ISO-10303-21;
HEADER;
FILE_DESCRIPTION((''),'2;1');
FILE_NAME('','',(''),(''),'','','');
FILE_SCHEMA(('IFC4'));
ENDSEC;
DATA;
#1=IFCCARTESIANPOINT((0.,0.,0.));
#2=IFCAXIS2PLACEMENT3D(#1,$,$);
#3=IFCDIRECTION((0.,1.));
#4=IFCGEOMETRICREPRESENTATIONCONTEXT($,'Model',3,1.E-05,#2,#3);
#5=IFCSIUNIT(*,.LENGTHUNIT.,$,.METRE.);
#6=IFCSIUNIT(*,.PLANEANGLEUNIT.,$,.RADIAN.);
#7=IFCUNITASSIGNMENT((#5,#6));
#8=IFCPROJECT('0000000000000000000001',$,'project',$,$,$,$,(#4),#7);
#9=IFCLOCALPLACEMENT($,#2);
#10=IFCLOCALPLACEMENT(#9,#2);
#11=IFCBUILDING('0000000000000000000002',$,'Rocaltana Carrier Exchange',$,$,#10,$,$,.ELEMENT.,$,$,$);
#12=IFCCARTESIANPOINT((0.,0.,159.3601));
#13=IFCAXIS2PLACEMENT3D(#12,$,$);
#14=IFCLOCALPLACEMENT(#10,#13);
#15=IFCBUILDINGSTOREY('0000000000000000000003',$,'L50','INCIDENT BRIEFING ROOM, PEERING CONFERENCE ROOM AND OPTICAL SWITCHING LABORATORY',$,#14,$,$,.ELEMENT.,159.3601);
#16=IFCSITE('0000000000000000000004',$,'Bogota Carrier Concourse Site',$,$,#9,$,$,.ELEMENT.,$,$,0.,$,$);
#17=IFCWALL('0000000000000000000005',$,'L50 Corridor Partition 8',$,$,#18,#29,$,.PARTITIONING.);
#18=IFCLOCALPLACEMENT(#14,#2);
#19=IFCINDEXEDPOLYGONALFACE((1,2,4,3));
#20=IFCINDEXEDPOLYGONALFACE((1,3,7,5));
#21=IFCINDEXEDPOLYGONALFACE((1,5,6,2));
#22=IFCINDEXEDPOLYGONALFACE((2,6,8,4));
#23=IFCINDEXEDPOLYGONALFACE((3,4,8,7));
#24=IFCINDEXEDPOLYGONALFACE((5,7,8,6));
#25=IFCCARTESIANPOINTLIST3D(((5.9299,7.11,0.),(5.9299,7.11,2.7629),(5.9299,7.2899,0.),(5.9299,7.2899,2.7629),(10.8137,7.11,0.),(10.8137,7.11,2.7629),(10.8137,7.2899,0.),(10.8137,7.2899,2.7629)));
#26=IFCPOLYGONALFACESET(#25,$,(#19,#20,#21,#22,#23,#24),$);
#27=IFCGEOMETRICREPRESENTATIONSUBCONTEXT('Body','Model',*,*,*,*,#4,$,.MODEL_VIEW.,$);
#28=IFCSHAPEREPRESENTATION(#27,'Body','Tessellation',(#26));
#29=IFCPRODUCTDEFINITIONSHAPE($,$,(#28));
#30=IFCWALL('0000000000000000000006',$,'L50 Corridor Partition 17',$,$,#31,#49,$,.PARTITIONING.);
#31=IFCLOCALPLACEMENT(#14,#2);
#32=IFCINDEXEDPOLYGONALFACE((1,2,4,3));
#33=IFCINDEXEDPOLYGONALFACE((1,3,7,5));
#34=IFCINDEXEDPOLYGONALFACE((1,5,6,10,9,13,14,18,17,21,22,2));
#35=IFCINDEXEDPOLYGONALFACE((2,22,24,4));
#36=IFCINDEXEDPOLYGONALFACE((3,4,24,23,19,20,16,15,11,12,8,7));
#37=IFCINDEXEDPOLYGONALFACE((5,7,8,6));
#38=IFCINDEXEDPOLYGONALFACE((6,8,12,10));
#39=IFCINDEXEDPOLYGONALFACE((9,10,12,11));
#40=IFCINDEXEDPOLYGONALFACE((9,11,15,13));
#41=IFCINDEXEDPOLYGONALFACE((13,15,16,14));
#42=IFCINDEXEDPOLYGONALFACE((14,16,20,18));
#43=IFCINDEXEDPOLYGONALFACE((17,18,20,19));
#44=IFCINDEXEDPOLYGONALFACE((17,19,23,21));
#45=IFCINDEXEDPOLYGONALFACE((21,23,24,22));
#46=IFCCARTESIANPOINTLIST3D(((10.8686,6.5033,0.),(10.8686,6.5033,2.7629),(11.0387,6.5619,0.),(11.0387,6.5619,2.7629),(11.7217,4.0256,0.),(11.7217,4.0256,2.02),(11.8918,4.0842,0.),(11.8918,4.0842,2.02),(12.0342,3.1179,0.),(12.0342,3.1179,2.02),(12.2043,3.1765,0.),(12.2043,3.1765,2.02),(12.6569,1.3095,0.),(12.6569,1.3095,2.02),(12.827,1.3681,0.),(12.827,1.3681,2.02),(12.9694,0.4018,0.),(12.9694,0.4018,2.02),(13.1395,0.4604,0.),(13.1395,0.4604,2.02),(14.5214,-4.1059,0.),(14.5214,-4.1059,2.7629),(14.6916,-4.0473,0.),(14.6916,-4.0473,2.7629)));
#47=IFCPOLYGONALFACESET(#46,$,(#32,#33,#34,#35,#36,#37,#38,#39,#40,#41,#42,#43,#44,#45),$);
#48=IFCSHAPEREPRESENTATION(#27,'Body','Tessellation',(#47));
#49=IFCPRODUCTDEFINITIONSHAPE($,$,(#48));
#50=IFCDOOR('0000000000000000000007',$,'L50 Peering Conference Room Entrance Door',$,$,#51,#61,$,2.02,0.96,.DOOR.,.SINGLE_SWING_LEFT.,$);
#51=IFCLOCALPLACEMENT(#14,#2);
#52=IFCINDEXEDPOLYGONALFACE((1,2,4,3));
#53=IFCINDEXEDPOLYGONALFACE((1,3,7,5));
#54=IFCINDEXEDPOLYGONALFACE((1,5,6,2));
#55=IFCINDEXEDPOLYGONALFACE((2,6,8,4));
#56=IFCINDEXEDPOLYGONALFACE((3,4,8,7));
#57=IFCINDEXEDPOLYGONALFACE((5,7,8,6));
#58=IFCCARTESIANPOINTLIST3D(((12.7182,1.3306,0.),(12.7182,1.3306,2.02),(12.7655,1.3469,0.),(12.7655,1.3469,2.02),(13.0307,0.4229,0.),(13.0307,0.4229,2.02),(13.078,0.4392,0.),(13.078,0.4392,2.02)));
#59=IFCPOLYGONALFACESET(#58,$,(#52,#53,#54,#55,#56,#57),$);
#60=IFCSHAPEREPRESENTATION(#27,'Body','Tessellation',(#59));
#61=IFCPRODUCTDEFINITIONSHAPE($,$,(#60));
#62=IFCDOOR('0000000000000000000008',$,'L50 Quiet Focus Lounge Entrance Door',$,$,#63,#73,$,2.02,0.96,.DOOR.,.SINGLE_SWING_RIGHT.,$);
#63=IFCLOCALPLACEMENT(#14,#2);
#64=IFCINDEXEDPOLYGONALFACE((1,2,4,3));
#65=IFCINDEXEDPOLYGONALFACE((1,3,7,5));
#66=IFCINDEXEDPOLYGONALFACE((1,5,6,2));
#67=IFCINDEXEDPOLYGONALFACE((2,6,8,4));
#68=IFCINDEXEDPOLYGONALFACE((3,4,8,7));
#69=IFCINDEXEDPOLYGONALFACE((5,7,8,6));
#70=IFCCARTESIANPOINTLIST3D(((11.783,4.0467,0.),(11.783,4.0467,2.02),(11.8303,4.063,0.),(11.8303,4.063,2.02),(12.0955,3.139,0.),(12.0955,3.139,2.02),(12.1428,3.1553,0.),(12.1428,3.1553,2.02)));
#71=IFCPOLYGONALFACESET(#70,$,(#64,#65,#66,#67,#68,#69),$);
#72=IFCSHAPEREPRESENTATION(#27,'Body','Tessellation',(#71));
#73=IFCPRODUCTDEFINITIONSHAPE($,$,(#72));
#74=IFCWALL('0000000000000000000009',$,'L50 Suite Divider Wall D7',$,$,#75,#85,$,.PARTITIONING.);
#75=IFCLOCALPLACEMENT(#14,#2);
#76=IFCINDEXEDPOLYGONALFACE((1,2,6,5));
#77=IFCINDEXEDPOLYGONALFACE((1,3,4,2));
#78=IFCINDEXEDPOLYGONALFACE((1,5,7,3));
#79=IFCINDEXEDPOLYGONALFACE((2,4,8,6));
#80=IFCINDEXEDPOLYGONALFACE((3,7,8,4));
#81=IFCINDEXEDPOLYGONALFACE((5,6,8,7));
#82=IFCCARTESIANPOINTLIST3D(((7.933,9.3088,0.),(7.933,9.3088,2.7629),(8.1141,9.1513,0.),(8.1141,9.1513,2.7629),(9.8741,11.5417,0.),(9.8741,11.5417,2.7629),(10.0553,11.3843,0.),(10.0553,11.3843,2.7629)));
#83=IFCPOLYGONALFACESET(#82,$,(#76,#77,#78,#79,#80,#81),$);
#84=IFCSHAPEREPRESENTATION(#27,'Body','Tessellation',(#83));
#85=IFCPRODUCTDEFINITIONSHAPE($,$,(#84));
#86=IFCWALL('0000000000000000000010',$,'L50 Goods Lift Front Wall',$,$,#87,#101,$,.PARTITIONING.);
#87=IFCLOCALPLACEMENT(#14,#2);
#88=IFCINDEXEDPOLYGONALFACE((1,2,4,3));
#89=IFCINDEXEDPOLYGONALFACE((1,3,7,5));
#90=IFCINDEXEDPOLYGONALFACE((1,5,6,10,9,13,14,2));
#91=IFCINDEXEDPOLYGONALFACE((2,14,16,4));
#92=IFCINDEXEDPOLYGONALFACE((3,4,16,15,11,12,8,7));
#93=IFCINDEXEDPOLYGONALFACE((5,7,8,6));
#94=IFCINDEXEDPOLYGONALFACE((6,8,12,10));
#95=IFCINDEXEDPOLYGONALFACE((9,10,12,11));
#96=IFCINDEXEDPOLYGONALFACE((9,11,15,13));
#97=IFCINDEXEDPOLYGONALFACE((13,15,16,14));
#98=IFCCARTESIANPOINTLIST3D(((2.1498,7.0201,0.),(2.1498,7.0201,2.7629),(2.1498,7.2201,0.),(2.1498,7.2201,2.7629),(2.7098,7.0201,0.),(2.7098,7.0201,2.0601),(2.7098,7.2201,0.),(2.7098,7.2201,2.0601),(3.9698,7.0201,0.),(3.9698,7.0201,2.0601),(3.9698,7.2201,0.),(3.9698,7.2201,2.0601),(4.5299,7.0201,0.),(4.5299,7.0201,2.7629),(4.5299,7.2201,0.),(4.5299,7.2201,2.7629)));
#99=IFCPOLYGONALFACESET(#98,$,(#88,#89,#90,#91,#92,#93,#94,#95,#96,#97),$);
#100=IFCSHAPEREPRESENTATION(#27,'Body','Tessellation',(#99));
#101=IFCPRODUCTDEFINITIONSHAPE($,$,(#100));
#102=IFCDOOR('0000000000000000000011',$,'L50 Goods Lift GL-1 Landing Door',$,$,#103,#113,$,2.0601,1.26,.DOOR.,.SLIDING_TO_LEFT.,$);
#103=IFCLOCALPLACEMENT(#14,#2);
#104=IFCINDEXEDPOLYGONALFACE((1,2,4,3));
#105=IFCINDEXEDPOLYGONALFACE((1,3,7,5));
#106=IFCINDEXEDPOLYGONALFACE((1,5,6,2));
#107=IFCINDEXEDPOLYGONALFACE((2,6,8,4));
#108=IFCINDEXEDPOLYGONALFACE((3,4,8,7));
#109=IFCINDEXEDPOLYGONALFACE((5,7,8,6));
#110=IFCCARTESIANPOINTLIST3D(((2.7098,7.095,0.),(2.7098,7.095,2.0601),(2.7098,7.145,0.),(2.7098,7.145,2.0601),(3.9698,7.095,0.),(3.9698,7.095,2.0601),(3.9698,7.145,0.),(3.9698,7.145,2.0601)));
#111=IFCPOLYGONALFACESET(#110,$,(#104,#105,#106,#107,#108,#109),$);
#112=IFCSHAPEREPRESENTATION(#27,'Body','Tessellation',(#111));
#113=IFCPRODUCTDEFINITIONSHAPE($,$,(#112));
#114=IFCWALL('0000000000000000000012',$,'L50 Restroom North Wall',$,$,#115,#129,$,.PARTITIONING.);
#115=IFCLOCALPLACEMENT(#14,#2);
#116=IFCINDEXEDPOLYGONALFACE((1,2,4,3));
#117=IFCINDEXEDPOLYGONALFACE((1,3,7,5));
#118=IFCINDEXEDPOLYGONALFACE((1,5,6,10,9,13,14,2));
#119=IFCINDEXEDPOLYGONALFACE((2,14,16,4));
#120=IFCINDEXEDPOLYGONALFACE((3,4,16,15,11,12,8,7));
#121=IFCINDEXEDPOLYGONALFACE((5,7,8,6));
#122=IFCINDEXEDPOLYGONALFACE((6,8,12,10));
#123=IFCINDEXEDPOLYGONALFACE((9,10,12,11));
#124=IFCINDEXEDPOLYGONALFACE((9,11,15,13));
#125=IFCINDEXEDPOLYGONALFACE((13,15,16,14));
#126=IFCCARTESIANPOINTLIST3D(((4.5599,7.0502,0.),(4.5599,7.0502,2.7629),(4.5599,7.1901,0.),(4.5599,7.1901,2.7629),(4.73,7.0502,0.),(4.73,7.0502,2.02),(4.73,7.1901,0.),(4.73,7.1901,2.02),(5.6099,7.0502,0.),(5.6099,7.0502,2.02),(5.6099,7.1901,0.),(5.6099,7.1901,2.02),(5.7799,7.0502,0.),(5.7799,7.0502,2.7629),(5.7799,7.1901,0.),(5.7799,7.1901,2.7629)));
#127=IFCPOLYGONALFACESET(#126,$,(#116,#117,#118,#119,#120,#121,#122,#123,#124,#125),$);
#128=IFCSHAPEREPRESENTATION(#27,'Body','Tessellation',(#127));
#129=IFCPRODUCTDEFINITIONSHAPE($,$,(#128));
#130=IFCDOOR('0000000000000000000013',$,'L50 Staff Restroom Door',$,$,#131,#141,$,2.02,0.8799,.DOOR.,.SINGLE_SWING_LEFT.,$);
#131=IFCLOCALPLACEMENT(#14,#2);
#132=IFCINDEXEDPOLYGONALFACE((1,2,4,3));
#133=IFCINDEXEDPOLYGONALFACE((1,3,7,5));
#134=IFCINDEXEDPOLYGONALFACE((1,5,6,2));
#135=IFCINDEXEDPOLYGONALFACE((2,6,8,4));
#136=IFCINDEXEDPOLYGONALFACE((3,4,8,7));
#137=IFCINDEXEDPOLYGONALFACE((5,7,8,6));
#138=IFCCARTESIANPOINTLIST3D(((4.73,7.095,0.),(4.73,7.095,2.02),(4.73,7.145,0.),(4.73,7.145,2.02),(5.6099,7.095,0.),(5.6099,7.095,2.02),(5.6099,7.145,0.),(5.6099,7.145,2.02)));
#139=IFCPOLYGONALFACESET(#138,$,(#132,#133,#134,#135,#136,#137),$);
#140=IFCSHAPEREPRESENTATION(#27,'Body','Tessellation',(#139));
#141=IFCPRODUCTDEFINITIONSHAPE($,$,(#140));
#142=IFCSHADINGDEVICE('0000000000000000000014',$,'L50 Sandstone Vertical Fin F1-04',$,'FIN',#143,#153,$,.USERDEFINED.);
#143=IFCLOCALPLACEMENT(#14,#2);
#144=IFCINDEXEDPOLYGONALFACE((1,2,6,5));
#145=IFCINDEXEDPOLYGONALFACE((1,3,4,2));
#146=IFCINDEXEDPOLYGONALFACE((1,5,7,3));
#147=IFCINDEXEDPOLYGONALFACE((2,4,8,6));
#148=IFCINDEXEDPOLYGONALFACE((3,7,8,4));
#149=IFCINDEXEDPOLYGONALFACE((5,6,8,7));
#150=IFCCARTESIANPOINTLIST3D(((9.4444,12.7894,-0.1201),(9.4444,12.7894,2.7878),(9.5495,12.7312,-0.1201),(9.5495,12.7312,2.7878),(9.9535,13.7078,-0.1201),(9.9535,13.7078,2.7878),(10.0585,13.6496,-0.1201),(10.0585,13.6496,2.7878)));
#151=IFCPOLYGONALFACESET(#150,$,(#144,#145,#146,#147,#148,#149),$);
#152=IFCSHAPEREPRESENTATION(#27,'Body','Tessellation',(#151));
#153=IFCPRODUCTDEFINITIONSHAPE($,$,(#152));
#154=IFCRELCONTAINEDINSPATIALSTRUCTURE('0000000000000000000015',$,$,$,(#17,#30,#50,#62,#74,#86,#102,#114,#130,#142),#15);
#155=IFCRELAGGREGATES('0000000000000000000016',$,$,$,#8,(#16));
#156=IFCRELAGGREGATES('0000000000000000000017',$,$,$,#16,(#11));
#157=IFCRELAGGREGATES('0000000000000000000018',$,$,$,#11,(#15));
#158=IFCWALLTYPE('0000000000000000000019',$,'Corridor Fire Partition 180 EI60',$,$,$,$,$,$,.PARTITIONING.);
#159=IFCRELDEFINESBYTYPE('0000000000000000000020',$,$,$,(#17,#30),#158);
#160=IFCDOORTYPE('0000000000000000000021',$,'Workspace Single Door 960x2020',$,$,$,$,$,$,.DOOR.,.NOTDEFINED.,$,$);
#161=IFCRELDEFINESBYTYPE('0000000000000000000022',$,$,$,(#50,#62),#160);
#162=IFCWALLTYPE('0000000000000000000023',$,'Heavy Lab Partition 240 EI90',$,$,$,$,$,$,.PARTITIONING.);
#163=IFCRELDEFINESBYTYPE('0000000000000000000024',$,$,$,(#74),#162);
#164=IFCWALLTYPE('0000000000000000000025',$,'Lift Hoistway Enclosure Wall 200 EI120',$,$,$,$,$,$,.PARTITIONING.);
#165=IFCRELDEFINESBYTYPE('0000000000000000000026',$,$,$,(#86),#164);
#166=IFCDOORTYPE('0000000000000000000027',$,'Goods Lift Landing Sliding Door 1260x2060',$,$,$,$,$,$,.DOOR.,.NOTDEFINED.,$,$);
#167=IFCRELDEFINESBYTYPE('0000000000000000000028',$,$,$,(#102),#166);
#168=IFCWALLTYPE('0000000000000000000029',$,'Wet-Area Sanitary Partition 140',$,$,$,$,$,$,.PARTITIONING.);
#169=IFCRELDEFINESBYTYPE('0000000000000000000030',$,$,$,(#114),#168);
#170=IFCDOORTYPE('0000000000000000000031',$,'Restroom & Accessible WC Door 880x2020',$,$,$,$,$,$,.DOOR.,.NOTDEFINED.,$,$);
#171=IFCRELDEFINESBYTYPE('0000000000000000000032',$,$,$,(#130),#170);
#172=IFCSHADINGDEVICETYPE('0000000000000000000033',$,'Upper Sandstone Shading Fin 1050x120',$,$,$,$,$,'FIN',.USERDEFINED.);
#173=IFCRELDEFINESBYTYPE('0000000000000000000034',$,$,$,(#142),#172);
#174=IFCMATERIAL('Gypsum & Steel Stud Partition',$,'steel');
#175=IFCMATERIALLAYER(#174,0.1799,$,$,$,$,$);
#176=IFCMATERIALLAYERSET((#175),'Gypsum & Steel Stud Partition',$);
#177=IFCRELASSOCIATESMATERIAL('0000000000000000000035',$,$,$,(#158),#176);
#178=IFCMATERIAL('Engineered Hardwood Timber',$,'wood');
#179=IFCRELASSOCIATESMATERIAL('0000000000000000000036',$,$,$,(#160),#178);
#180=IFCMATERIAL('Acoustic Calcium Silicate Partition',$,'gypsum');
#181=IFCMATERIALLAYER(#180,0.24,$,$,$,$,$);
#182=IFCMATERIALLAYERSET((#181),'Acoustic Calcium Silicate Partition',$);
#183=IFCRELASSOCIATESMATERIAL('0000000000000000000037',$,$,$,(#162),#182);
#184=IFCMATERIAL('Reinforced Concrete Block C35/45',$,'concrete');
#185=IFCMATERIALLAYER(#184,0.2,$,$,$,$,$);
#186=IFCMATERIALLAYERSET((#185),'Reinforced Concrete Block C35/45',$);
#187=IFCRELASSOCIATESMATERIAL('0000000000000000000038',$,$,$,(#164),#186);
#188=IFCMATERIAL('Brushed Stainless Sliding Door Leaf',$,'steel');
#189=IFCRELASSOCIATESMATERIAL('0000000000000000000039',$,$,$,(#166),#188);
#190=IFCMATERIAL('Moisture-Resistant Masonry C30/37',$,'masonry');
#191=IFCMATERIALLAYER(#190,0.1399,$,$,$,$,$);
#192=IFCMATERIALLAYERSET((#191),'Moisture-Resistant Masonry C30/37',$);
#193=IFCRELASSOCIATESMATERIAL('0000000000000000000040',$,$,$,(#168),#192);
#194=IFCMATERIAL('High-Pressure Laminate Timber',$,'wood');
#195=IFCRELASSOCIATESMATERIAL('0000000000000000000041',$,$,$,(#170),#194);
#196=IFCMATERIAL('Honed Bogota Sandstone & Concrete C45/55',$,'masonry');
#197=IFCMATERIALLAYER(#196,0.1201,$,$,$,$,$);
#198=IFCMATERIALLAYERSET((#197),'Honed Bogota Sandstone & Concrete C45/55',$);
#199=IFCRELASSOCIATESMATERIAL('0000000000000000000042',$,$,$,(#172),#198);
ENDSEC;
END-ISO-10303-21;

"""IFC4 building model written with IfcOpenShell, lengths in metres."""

from ifc_helpers import new_model, si_unit, direction, frame, frame_2d, origin, origin_2d, place, context, subcontext, project, spatial, rectangle, extrude, material, layer, layer_set, type_object, element, fill, save


model = new_model("IFC4")

# Units and contexts
model_context = context("Model", 3, precision=1e-05, world=origin(), true_north=direction((0.0, 1.0)))
body_context = subcontext(model_context, "Body", "Model", "MODEL_VIEW")
ifc_project = project(units=[si_unit("LENGTHUNIT", "METRE"), si_unit("PLANEANGLEUNIT", "RADIAN")], contexts=[model_context])

# Site, building, storey
site_placement = place(None, origin())
site = spatial("IfcSite", under=ifc_project, at=site_placement, Name="Bogota Carrier Concourse Site", CompositionType="ELEMENT", RefElevation=0.0)
building_placement = place(site_placement, origin())
building = spatial("IfcBuilding", under=site, at=building_placement, Name="Rocaltana Carrier Exchange", CompositionType="ELEMENT")
storey_placement = place(building_placement, frame((0.0, 0.0, 159.3601)))
storey = spatial("IfcBuildingStorey", under=building, at=storey_placement, Name="L50", Description="INCIDENT BRIEFING ROOM, PEERING CONFERENCE ROOM AND OPTICAL SWITCHING LABORATORY", CompositionType="ELEMENT", Elevation=159.3601)

# Wall
ifc_material_1 = material(Name="Gypsum & Steel Stud Partition", Category="steel")
ifc_layer_1 = layer(ifc_material_1, 0.1799)
ifc_layer_set_1 = layer_set([ifc_layer_1], Name="Gypsum & Steel Stud Partition")
wall_type_1 = type_object("IfcWallType", Name="Corridor Fire Partition 180 EI60", PredefinedType="PARTITIONING", material=ifc_layer_set_1)
wall_1_placement = place(storey_placement, frame((10.8137, 7.2, 0.0), z_axis=(0.0, 0.0, 1.0), x_axis=(-1.0, 0.0, 0.0)))
element("IfcWall", 1, at=wall_1_placement, inside=storey, type_object=wall_type_1, Name="L50 Corridor Partition 8", PredefinedType="PARTITIONING", context=body_context, shape_type="SweptSolid", body=[
    extrude(rectangle(XDim=4.8838, YDim=0.1799, at=frame_2d((2.4419, 0.0))), origin(), (0.0, 0.0, 1.0), 2.7629),
])

# Wall, openings, doors
wall_2_placement = place(storey_placement, frame((10.9536, 6.5327, 0.0), z_axis=(0.0, 0.0, 1.0), x_axis=(0.325553, -0.945524, 0.0)))
wall_2 = element("IfcWall", 2, at=wall_2_placement, inside=storey, type_object=wall_type_1, Name="L50 Corridor Partition 17", PredefinedType="PARTITIONING", context=body_context, shape_type="SweptSolid", body=[
    extrude(rectangle(XDim=11.2205, YDim=0.1799, at=frame_2d((5.6104, 0.0))), origin(), (0.0, 0.0, 1.0), 2.7629),
])
opening_1_placement = place(wall_2_placement, frame((5.4932, 0.0, 0.0)))
opening_1 = element("IfcOpeningElement", 3, at=opening_1_placement, cuts=wall_2, PredefinedType="OPENING", context=body_context, shape_type="SweptSolid", body=[
    extrude(rectangle(XDim=0.96, YDim=2.02, at=frame_2d((0.48, 1.01))), frame((0.0, 0.0999, 0.0), z_axis=(0.0, -1.0, 0.0), x_axis=(1.0, 0.0, 0.0)), (0.0, 0.0, 1.0), 0.2),
])
opening_2_placement = place(wall_2_placement, frame((2.6206, 0.0, 0.0)))
opening_2 = element("IfcOpeningElement", 4, at=opening_2_placement, cuts=wall_2, PredefinedType="OPENING", context=body_context, shape_type="SweptSolid", body=[
    extrude(rectangle(XDim=0.96, YDim=2.02, at=frame_2d((0.48, 1.01))), frame((0.0, 0.0999, 0.0), z_axis=(0.0, -1.0, 0.0), x_axis=(1.0, 0.0, 0.0)), (0.0, 0.0, 1.0), 0.2),
])
ifc_material_2 = material(Name="Engineered Hardwood Timber", Category="wood")
door_type_1 = type_object("IfcDoorType", Name="Workspace Single Door 960x2020", OperationType="NOTDEFINED", PredefinedType="DOOR", material=ifc_material_2)
door_1_placement = place(opening_1_placement, origin())
door_1 = element("IfcDoor", 5, at=door_1_placement, inside=storey, type_object=door_type_1, Name="L50 Peering Conference Room Entrance Door", OperationType="SINGLE_SWING_LEFT", OverallHeight=2.02, OverallWidth=0.96, PredefinedType="DOOR", context=body_context, shape_type="SweptSolid", body=[
    extrude(rectangle(XDim=0.96, YDim=2.02, at=frame_2d((0.48, 1.01))), frame((0.0, 0.0249, 0.0), z_axis=(0.0, -1.0, 0.0), x_axis=(1.0, 0.0, 0.0)), (0.0, 0.0, 1.0), 0.05),
])
fill(opening_1, door_1)
door_2_placement = place(opening_2_placement, origin())
door_2 = element("IfcDoor", 6, at=door_2_placement, inside=storey, type_object=door_type_1, Name="L50 Quiet Focus Lounge Entrance Door", OperationType="SINGLE_SWING_RIGHT", OverallHeight=2.02, OverallWidth=0.96, PredefinedType="DOOR", context=body_context, shape_type="SweptSolid", body=[
    extrude(rectangle(XDim=0.96, YDim=2.02, at=frame_2d((0.48, 1.01))), frame((0.0, 0.0249, 0.0), z_axis=(0.0, -1.0, 0.0), x_axis=(1.0, 0.0, 0.0)), (0.0, 0.0, 1.0), 0.05),
])
fill(opening_2, door_2)

# Wall
ifc_material_3 = material(Name="Acoustic Calcium Silicate Partition", Category="gypsum")
ifc_layer_2 = layer(ifc_material_3, 0.24)
ifc_layer_set_2 = layer_set([ifc_layer_2], Name="Acoustic Calcium Silicate Partition")
wall_type_2 = type_object("IfcWallType", Name="Heavy Lab Partition 240 EI90", PredefinedType="PARTITIONING", material=ifc_layer_set_2)
wall_3_placement = place(storey_placement, frame((8.0234, 9.23, 0.0), z_axis=(0.0, 0.0, 1.0), x_axis=(0.656083, 0.754689, 0.0)))
element("IfcWall", 7, at=wall_3_placement, inside=storey, type_object=wall_type_2, Name="L50 Suite Divider Wall D7", PredefinedType="PARTITIONING", context=body_context, shape_type="SweptSolid", body=[
    extrude(rectangle(XDim=2.9587, YDim=0.24, at=frame_2d((1.4795, 0.0))), origin(), (0.0, 0.0, 1.0), 2.7629),
])

# Walls, openings, doors
ifc_material_4 = material(Name="Reinforced Concrete Block C35/45", Category="concrete")
ifc_layer_3 = layer(ifc_material_4, 0.2)
ifc_layer_set_3 = layer_set([ifc_layer_3], Name="Reinforced Concrete Block C35/45")
wall_type_3 = type_object("IfcWallType", Name="Lift Hoistway Enclosure Wall 200 EI120", PredefinedType="PARTITIONING", material=ifc_layer_set_3)
wall_4_placement = place(storey_placement, frame((2.1499, 7.1201, 0.0), z_axis=(0.0, 0.0, 1.0), x_axis=(1.0, 0.0, 0.0)))
wall_4 = element("IfcWall", 8, at=wall_4_placement, inside=storey, type_object=wall_type_3, Name="L50 Goods Lift Front Wall", PredefinedType="PARTITIONING", context=body_context, shape_type="SweptSolid", body=[
    extrude(rectangle(XDim=2.3801, YDim=0.2, at=frame_2d((1.1899, 0.0))), origin(), (0.0, 0.0, 1.0), 2.7629),
])
opening_3_placement = place(wall_4_placement, frame((0.5601, 0.0, 0.0)))
opening_3 = element("IfcOpeningElement", 9, at=opening_3_placement, cuts=wall_4, PredefinedType="OPENING", context=body_context, shape_type="SweptSolid", body=[
    extrude(rectangle(XDim=1.26, YDim=2.0601, at=frame_2d((0.6299, 1.03))), frame((0.0, 0.1099, 0.0), z_axis=(0.0, -1.0, 0.0), x_axis=(1.0, 0.0, 0.0)), (0.0, 0.0, 1.0), 0.22),
])
ifc_material_5 = material(Name="Brushed Stainless Sliding Door Leaf", Category="steel")
door_type_2 = type_object("IfcDoorType", Name="Goods Lift Landing Sliding Door 1260x2060", OperationType="NOTDEFINED", PredefinedType="DOOR", material=ifc_material_5)
door_3_placement = place(opening_3_placement, origin())
door_3 = element("IfcDoor", 10, at=door_3_placement, inside=storey, type_object=door_type_2, Name="L50 Goods Lift GL-1 Landing Door", OperationType="SLIDING_TO_LEFT", OverallHeight=2.0601, OverallWidth=1.26, PredefinedType="DOOR", context=body_context, shape_type="SweptSolid", body=[
    extrude(rectangle(XDim=1.26, YDim=2.0601, at=frame_2d((0.6299, 1.03))), frame((0.0, 0.0249, 0.0), z_axis=(0.0, -1.0, 0.0), x_axis=(1.0, 0.0, 0.0)), (0.0, 0.0, 1.0), 0.05),
])
fill(opening_3, door_3)
ifc_material_6 = material(Name="Moisture-Resistant Masonry C30/37", Category="masonry")
ifc_layer_4 = layer(ifc_material_6, 0.1399)
ifc_layer_set_4 = layer_set([ifc_layer_4], Name="Moisture-Resistant Masonry C30/37")
wall_type_4 = type_object("IfcWallType", Name="Wet-Area Sanitary Partition 140", PredefinedType="PARTITIONING", material=ifc_layer_set_4)
wall_5_placement = place(storey_placement, frame((4.5601, 7.1201, 0.0), z_axis=(0.0, 0.0, 1.0), x_axis=(1.0, 0.0, 0.0)))
wall_5 = element("IfcWall", 11, at=wall_5_placement, inside=storey, type_object=wall_type_4, Name="L50 Restroom North Wall", PredefinedType="PARTITIONING", context=body_context, shape_type="SweptSolid", body=[
    extrude(rectangle(XDim=1.22, YDim=0.1399, at=frame_2d((0.6099, 0.0))), origin(), (0.0, 0.0, 1.0), 2.7629),
])
opening_4_placement = place(wall_5_placement, frame((0.1699, 0.0, 0.0)))
opening_4 = element("IfcOpeningElement", 12, at=opening_4_placement, cuts=wall_5, PredefinedType="OPENING", context=body_context, shape_type="SweptSolid", body=[
    extrude(rectangle(XDim=0.8799, YDim=2.02, at=frame_2d((0.4399, 1.01))), frame((0.0, 0.0798, 0.0), z_axis=(0.0, -1.0, 0.0), x_axis=(1.0, 0.0, 0.0)), (0.0, 0.0, 1.0), 0.1599),
])
ifc_material_7 = material(Name="High-Pressure Laminate Timber", Category="wood")
door_type_3 = type_object("IfcDoorType", Name="Restroom & Accessible WC Door 880x2020", OperationType="NOTDEFINED", PredefinedType="DOOR", material=ifc_material_7)
door_4_placement = place(opening_4_placement, origin())
door_4 = element("IfcDoor", 13, at=door_4_placement, inside=storey, type_object=door_type_3, Name="L50 Staff Restroom Door", OperationType="SINGLE_SWING_LEFT", OverallHeight=2.02, OverallWidth=0.8799, PredefinedType="DOOR", context=body_context, shape_type="SweptSolid", body=[
    extrude(rectangle(XDim=0.8799, YDim=2.02, at=frame_2d((0.4399, 1.01))), frame((0.0, 0.0249, 0.0), z_axis=(0.0, -1.0, 0.0), x_axis=(1.0, 0.0, 0.0)), (0.0, 0.0, 1.0), 0.05),
])
fill(opening_4, door_4)

# Shading device
ifc_material_8 = material(Name="Honed Bogota Sandstone & Concrete C45/55", Category="masonry")
ifc_layer_5 = layer(ifc_material_8, 0.1201)
ifc_layer_set_5 = layer_set([ifc_layer_5], Name="Honed Bogota Sandstone & Concrete C45/55")
shading_device_type = type_object("IfcShadingDeviceType", Name="Upper Sandstone Shading Fin 1050x120", ElementType="FIN", PredefinedType="USERDEFINED", material=ifc_layer_set_5)
shading_device_placement = place(storey_placement, frame((9.7515, 13.2195, -0.1201), z_axis=(0.0, 0.0, 1.0), x_axis=(0.48481, 0.87462, 0.0)))
element("IfcShadingDevice", 14, at=shading_device_placement, inside=storey, type_object=shading_device_type, Name="L50 Sandstone Vertical Fin F1-04", ObjectType="FIN", PredefinedType="USERDEFINED", context=body_context, shape_type="SweptSolid", body=[
    extrude(rectangle(XDim=1.05, YDim=0.1201, at=origin_2d()), origin(), (0.0, 0.0, 1.0), 2.908),
])

save(model, "model.ifc")
